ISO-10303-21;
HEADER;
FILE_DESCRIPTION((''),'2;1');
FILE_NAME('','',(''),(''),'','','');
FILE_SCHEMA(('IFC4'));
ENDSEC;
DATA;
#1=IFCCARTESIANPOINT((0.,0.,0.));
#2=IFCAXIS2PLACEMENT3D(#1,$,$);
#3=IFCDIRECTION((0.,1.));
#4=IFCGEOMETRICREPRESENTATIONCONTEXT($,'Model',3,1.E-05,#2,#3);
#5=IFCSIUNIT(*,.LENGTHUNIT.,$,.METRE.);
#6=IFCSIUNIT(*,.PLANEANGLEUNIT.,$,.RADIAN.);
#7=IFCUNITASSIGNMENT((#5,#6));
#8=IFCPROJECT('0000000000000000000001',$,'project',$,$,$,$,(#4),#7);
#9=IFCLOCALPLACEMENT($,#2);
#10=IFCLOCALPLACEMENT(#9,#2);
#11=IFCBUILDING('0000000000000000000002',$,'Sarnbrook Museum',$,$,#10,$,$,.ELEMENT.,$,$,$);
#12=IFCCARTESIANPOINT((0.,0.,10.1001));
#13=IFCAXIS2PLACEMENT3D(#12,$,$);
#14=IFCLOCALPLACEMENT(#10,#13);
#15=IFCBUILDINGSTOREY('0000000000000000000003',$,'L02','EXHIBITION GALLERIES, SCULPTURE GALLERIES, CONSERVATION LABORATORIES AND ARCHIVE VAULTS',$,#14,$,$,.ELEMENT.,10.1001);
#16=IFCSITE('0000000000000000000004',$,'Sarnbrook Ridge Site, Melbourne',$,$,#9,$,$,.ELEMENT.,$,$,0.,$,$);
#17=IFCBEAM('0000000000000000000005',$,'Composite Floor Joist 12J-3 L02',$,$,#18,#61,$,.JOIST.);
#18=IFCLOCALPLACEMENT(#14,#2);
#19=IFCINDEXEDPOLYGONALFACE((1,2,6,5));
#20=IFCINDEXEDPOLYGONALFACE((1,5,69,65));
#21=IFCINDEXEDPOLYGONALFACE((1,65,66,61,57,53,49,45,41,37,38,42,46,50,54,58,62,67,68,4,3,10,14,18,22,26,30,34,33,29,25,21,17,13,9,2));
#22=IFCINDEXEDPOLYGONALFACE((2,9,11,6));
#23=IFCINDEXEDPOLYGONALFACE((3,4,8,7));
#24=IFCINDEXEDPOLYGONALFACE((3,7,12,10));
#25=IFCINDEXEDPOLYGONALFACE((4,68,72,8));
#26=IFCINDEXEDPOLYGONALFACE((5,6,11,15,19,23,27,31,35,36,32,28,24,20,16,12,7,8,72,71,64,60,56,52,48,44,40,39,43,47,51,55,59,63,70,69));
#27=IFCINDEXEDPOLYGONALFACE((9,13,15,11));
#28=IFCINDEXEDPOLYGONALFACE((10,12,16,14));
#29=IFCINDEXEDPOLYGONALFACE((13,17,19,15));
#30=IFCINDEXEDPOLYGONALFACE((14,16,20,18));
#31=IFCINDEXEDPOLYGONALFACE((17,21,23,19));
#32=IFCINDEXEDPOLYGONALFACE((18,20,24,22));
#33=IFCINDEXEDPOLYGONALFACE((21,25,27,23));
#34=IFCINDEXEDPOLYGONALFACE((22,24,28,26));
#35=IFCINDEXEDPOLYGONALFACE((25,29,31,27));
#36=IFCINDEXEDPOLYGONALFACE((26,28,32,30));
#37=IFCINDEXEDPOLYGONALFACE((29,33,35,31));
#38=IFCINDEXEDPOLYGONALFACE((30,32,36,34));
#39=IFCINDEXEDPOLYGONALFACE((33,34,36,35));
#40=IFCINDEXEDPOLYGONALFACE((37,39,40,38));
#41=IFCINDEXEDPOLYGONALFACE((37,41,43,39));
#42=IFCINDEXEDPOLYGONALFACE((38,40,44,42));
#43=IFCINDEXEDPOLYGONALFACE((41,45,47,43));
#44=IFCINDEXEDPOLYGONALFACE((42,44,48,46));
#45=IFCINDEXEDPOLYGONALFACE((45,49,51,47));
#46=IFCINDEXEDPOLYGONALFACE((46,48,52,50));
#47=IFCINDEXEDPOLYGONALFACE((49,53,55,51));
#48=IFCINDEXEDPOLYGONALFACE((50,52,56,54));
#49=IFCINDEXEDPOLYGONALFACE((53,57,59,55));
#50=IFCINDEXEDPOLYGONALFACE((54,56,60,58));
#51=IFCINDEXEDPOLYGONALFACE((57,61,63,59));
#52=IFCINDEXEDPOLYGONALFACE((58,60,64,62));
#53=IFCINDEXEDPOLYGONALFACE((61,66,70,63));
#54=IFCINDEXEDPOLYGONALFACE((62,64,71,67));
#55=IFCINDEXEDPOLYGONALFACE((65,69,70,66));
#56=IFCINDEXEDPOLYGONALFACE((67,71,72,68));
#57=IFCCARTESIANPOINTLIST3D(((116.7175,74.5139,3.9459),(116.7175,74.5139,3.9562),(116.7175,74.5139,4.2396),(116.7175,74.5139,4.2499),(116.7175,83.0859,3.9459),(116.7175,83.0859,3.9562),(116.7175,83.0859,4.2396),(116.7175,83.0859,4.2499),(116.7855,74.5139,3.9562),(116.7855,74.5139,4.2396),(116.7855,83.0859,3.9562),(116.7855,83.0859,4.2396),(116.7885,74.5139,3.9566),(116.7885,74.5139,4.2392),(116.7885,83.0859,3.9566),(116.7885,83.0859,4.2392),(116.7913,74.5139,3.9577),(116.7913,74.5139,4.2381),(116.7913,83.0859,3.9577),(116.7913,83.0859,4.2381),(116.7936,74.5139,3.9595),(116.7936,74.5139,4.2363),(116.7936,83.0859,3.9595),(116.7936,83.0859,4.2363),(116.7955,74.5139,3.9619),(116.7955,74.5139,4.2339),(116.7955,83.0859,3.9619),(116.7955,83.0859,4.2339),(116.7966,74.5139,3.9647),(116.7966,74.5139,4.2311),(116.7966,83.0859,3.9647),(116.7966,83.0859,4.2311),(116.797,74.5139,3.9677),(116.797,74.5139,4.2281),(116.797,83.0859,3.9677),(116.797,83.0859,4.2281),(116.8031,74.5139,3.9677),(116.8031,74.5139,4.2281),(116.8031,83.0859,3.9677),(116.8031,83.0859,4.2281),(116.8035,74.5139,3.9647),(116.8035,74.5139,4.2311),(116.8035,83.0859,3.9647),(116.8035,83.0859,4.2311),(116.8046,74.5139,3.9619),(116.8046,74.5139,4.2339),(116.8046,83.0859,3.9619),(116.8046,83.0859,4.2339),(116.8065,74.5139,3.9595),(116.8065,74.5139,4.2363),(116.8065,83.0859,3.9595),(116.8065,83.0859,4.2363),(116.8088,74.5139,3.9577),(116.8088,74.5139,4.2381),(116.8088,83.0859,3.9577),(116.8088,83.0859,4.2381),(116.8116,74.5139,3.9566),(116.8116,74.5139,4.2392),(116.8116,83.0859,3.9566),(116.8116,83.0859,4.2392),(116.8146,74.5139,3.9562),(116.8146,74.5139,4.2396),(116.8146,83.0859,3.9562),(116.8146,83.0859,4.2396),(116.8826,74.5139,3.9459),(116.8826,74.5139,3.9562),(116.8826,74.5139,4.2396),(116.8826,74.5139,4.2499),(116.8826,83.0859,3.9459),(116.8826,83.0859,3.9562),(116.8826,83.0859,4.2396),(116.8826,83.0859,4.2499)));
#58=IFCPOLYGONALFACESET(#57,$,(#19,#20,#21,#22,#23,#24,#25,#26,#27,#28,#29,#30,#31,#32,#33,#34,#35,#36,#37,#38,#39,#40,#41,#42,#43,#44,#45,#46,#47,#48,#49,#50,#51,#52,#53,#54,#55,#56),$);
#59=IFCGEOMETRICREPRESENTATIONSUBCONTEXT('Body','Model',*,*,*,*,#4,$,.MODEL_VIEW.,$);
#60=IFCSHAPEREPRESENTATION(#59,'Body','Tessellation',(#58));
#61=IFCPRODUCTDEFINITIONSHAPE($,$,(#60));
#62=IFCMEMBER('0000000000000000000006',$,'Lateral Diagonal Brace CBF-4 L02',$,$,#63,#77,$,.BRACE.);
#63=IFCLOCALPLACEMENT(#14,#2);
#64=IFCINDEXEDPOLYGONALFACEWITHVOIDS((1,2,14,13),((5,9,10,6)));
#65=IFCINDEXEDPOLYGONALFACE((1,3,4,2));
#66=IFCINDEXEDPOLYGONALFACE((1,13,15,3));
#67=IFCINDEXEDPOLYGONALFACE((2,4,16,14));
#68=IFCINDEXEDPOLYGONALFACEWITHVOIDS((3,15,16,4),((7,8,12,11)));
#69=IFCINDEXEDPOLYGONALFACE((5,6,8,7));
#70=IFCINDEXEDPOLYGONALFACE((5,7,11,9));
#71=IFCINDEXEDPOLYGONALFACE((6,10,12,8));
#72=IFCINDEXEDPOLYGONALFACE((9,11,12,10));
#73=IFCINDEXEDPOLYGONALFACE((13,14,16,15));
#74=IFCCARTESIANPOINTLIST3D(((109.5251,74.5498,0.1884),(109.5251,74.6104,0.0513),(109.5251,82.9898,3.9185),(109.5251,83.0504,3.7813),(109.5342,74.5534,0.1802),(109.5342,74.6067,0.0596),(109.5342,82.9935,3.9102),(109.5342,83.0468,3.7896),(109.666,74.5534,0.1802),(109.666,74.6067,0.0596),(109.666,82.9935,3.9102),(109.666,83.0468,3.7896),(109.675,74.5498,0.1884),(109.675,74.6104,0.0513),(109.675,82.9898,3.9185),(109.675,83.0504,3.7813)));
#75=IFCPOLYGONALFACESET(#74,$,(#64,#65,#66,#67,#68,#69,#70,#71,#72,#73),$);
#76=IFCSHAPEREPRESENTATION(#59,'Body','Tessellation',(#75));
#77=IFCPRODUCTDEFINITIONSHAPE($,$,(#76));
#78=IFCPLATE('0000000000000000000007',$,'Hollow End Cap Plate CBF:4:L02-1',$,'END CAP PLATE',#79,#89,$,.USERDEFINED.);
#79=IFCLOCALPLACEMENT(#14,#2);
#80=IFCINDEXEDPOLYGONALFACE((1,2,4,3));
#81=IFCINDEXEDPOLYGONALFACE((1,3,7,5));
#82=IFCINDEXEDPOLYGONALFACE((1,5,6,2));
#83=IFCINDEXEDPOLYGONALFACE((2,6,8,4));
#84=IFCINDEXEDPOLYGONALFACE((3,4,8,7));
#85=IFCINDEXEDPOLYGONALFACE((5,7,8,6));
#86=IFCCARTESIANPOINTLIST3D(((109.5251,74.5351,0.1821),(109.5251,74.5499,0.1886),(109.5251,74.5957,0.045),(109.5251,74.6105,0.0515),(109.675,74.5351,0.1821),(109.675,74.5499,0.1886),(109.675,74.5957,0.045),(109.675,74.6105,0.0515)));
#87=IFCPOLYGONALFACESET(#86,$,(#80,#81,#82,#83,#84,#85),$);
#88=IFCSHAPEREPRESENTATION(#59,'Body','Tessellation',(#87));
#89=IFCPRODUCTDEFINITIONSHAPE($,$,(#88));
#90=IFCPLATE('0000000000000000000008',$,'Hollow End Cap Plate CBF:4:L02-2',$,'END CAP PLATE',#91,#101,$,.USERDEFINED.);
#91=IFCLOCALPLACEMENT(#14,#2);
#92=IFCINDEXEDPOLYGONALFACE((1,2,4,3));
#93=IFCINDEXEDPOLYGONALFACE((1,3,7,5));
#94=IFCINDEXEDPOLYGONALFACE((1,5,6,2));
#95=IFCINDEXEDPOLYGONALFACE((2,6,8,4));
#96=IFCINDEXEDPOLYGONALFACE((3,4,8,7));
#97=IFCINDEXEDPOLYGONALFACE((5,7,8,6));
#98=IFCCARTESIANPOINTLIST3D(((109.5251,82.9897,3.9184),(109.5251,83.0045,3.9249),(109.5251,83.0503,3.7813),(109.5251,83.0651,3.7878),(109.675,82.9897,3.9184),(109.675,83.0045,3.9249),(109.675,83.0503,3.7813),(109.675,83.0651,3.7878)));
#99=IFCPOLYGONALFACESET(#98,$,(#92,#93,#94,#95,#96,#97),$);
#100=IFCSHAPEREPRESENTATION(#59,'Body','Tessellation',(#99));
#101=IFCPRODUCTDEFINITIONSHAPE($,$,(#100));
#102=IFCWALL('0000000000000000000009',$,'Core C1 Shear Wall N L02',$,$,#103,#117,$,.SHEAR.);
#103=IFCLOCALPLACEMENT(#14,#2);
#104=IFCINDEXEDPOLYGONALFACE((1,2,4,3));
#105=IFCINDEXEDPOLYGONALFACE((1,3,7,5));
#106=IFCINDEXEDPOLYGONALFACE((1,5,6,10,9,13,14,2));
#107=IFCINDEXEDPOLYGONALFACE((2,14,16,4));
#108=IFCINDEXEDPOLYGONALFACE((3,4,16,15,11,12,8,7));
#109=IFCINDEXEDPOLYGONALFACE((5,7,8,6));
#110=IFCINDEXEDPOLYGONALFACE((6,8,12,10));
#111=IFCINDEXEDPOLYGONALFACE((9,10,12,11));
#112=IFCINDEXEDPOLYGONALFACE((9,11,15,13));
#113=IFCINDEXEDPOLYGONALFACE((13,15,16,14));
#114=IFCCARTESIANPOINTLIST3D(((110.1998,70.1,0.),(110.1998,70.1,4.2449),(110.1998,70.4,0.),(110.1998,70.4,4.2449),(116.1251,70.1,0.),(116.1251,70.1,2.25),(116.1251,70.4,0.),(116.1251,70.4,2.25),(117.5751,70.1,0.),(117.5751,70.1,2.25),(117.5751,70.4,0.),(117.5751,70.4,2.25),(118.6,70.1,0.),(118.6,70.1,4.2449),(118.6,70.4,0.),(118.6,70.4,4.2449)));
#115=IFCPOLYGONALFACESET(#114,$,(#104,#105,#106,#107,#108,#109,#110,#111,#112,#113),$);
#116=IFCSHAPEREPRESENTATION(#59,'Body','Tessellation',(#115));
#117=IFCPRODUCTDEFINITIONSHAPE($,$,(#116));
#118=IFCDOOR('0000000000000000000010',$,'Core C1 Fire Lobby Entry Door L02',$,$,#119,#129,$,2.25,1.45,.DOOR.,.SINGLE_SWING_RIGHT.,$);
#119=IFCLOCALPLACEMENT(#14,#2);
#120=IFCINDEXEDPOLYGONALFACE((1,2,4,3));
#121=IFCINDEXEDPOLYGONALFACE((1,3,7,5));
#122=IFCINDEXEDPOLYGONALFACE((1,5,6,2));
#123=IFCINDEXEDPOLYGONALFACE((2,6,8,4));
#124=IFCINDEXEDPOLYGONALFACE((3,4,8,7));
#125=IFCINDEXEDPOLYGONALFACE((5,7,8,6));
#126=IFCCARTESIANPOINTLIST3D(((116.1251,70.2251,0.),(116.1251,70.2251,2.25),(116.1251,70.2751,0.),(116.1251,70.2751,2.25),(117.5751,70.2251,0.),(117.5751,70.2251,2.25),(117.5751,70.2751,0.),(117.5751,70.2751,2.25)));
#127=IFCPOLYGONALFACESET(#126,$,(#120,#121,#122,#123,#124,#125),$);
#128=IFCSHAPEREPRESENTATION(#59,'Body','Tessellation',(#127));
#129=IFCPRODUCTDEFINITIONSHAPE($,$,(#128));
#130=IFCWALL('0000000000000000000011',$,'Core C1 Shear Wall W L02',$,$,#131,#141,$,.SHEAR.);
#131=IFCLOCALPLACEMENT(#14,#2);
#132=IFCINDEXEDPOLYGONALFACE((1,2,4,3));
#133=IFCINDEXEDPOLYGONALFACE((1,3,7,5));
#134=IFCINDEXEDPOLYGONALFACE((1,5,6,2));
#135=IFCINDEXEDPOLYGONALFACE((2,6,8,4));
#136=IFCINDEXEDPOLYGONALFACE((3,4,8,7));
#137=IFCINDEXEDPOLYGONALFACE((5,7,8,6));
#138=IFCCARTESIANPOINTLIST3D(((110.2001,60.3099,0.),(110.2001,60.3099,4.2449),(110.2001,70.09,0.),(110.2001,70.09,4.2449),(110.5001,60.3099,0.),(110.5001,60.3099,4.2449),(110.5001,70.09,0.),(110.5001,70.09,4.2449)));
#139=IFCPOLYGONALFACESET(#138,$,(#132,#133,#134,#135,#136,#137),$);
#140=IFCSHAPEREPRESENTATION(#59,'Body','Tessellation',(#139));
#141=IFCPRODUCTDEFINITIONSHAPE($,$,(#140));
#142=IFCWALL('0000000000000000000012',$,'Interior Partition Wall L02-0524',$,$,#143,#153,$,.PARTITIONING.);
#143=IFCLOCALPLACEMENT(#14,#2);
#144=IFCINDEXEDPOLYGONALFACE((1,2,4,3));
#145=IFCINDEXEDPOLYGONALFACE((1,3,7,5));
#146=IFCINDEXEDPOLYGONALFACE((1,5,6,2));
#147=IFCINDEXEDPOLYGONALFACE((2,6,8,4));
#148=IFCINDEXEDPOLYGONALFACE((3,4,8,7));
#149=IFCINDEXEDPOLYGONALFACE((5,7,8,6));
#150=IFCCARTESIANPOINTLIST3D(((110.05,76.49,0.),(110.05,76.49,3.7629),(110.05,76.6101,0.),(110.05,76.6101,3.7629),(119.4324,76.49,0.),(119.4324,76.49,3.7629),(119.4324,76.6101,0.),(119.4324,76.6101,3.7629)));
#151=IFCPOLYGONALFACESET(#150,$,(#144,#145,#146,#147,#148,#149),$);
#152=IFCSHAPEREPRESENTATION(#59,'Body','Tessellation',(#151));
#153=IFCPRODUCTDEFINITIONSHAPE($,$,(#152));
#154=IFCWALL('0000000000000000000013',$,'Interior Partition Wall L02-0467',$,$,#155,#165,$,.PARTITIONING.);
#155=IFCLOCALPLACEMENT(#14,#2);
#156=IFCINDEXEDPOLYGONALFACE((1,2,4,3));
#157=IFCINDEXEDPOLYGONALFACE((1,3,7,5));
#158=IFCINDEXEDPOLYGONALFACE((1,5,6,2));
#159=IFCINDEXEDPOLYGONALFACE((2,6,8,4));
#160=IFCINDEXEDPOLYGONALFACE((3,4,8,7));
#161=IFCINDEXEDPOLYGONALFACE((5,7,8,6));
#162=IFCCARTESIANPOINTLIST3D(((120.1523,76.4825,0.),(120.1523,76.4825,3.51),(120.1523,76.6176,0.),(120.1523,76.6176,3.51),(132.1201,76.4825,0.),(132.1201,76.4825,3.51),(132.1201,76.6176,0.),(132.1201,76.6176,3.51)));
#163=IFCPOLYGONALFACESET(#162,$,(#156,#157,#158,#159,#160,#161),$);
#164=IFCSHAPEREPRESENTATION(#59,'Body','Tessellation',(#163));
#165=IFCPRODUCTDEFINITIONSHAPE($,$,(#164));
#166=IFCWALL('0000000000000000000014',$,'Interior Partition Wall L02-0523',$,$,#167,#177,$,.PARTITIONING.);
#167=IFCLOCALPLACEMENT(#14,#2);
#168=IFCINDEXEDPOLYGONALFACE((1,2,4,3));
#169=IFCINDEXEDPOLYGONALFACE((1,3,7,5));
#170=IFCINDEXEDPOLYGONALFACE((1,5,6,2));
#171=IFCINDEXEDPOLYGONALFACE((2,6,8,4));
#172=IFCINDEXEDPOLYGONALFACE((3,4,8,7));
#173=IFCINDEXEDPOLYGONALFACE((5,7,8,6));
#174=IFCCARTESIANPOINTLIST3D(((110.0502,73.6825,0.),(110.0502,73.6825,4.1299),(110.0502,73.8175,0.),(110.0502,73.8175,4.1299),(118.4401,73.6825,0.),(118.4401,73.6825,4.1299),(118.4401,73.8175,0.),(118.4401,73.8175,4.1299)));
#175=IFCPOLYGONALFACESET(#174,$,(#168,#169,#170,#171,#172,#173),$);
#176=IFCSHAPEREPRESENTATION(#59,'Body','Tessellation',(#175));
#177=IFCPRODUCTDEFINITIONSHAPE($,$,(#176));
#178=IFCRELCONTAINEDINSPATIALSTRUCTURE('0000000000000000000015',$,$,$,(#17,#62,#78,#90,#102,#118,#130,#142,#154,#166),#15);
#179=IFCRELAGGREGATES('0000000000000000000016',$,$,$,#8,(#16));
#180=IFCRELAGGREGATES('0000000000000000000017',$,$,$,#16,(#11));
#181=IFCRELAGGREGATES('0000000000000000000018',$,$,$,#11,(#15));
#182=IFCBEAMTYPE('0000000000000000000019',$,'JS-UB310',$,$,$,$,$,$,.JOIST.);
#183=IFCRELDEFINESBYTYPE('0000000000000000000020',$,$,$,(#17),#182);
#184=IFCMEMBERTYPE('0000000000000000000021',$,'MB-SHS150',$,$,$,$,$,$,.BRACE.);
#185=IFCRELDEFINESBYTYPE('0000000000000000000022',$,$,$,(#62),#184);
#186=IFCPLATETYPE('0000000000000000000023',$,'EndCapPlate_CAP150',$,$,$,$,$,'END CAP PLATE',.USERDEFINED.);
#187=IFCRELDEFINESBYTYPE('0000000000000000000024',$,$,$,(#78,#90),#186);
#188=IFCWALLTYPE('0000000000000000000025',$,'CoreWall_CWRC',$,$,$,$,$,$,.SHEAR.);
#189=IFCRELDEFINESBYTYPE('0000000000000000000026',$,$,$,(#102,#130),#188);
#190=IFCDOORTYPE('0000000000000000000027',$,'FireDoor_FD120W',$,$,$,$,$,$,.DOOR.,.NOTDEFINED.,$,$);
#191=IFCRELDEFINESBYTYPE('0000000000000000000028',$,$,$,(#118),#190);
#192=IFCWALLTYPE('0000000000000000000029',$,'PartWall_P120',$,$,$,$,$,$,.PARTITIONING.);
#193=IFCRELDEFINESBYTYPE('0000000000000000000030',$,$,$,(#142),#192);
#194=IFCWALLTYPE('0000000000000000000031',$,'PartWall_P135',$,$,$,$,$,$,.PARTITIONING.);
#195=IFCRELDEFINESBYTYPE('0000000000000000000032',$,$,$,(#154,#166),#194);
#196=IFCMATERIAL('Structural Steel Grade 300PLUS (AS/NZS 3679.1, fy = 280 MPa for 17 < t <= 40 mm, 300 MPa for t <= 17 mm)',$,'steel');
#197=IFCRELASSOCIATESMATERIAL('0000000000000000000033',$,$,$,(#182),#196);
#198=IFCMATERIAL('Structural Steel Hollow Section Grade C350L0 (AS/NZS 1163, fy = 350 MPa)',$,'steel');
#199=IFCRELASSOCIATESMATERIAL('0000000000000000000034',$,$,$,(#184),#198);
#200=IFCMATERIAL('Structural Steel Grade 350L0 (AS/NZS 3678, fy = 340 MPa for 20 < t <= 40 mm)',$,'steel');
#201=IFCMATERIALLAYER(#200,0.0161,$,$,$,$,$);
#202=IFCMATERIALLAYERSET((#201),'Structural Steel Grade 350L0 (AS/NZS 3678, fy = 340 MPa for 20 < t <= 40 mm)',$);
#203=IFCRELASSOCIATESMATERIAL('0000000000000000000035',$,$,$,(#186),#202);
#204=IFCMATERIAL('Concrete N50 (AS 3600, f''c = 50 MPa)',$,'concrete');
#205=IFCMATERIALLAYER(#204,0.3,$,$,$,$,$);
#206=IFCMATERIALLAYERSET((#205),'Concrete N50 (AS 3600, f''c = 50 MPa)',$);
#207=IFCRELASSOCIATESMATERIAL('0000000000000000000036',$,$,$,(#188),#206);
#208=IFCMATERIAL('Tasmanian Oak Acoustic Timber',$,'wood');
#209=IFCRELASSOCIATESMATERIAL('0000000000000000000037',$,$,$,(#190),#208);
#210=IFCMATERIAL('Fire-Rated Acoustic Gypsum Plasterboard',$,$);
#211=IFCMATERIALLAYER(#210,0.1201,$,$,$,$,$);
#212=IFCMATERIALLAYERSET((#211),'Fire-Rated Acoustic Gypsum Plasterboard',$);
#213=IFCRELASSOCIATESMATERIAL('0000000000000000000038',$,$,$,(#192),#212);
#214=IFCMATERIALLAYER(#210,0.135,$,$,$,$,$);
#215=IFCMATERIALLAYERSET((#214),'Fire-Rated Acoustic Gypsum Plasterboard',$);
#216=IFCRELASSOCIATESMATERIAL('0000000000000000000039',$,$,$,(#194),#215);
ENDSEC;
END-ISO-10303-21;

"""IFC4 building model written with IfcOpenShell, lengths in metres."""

from ifc_helpers import new_model, si_unit, direction, frame, frame_2d, origin, origin_2d, place, context, subcontext, project, spatial, rectangle, hollow_rectangle, i_section, extrude, material, layer, layer_set, material_profile, profile_set, type_object, element, fill, save


model = new_model("IFC4")

# Units and contexts
model_context = context("Model", 3, precision=1e-05, world=origin(), true_north=direction((0.0, 1.0)))
body_context = subcontext(model_context, "Body", "Model", "MODEL_VIEW")
ifc_project = project(units=[si_unit("LENGTHUNIT", "METRE"), si_unit("PLANEANGLEUNIT", "RADIAN")], contexts=[model_context])

# Site, building, storey
site_placement = place(None, origin())
site = spatial("IfcSite", under=ifc_project, at=site_placement, Name="Sarnbrook Ridge Site, Melbourne", CompositionType="ELEMENT", RefElevation=0.0)
building_placement = place(site_placement, origin())
building = spatial("IfcBuilding", under=site, at=building_placement, Name="Sarnbrook Museum", CompositionType="ELEMENT")
storey_placement = place(building_placement, frame((0.0, 0.0, 10.1001)))
storey = spatial("IfcBuildingStorey", under=building, at=storey_placement, Name="L02", Description="EXHIBITION GALLERIES, SCULPTURE GALLERIES, CONSERVATION LABORATORIES AND ARCHIVE VAULTS", CompositionType="ELEMENT", Elevation=10.1001)

# Shared definitions
ifc_material_1 = material(Name="Structural Steel Grade 350L0 (AS/NZS 3678, fy = 340 MPa for 20 < t <= 40 mm)", Category="steel")

# Beam
ifc_material_2 = material(Name="Structural Steel Grade 300PLUS (AS/NZS 3679.1, fy = 280 MPa for 17 < t <= 40 mm, 300 MPa for t <= 17 mm)", Category="steel")
ifc_material_profile_1 = material_profile(ifc_material_2, i_section(OverallWidth=0.165, OverallDepth=0.304, WebThickness=0.0061, FlangeThickness=0.0103, FilletRadius=0.0115, at=origin_2d()), Name="310UB40.4")
ifc_profile_set_1 = profile_set([ifc_material_profile_1], Name="Structural Steel Grade 300PLUS (AS/NZS 3679.1, fy = 280 MPa for 17 < t <= 40 mm, 300 MPa for t <= 17 mm)")
beam_type_1 = type_object("IfcBeamType", Name="JS-UB310", PredefinedType="JOIST", material=ifc_profile_set_1)
for number, where, z_axis, x_axis, name in (
    (1, (116.8, 74.5139, 4.0979), (0.0, 1.0, 0.0), (-1.0, 0.0, 0.0), "Composite Floor Joist 12J-3 L02"),
):
    element("IfcBeam", number, at=place(storey_placement, frame(where, z_axis=z_axis, x_axis=x_axis)), inside=storey, type_object=beam_type_1, Name=name, PredefinedType="JOIST", context=body_context, shape_type="SweptSolid", body=[
        extrude(i_section(OverallWidth=0.165, OverallDepth=0.304, WebThickness=0.0061, FlangeThickness=0.0103, FilletRadius=0.0115, at=origin_2d()), origin(), (0.0, 0.0, 1.0), 8.572),
    ])

# Member
ifc_material_3 = material(Name="Structural Steel Hollow Section Grade C350L0 (AS/NZS 1163, fy = 350 MPa)", Category="steel")
ifc_material_profile_2 = material_profile(ifc_material_3, hollow_rectangle(XDim=0.1499, YDim=0.1499, WallThickness=0.009, at=origin_2d()), Name="150x150x9.0SHS")
ifc_profile_set_2 = profile_set([ifc_material_profile_2], Name="Structural Steel Hollow Section Grade C350L0 (AS/NZS 1163, fy = 350 MPa)")
member_type = type_object("IfcMemberType", Name="MB-SHS150", PredefinedType="BRACE", material=ifc_profile_set_2)
member_placement = place(storey_placement, frame((109.6001, 74.5801, 0.1199), z_axis=(0.0, 0.914658, 0.404228), x_axis=(-1.0, 0.0, 0.0)))
element("IfcMember", 2, at=member_placement, inside=storey, type_object=member_type, Name="Lateral Diagonal Brace CBF-4 L02", PredefinedType="BRACE", context=body_context, shape_type="SweptSolid", body=[
    extrude(hollow_rectangle(XDim=0.1499, YDim=0.1499, WallThickness=0.009, at=origin_2d()), origin(), (0.0, 0.0, 1.0), 9.2275),
])

# Plates
ifc_layer_1 = layer(ifc_material_1, 0.0161)
ifc_layer_set_1 = layer_set([ifc_layer_1], Name="Structural Steel Grade 350L0 (AS/NZS 3678, fy = 340 MPa for 20 < t <= 40 mm)")
plate_type = type_object("IfcPlateType", Name="EndCapPlate_CAP150", ElementType="END CAP PLATE", PredefinedType="USERDEFINED", material=ifc_layer_set_1)
for number, where, z_axis, x_axis, name in (
    (3, (109.6001, 74.5654, 0.1135), (0.0, 0.914659, 0.404227), (-1.0, 0.0, 0.0), "Hollow End Cap Plate CBF:4:L02-1"),
    (4, (109.6001, 83.02, 3.8499), (0.0, 0.914659, 0.404227), (-1.0, 0.0, 0.0), "Hollow End Cap Plate CBF:4:L02-2"),
):
    element("IfcPlate", number, at=place(storey_placement, frame(where, z_axis=z_axis, x_axis=x_axis)), inside=storey, type_object=plate_type, Name=name, ObjectType="END CAP PLATE", PredefinedType="USERDEFINED", context=body_context, shape_type="SweptSolid", body=[
        extrude(rectangle(XDim=0.1499, YDim=0.1499, at=origin_2d()), origin(), (0.0, 0.0, 1.0), 0.0161),
    ])

# Wall, opening, door
ifc_material_4 = material(Name="Concrete N50 (AS 3600, f'c = 50 MPa)", Category="concrete")
ifc_layer_2 = layer(ifc_material_4, 0.3)
ifc_layer_set_2 = layer_set([ifc_layer_2], Name="Concrete N50 (AS 3600, f'c = 50 MPa)")
wall_type_1 = type_object("IfcWallType", Name="CoreWall_CWRC", PredefinedType="SHEAR", material=ifc_layer_set_2)
wall_1_placement = place(storey_placement, frame((118.6001, 70.25, 0.0), z_axis=(0.0, 0.0, 1.0), x_axis=(-1.0, 0.0, 0.0)))
wall_1 = element("IfcWall", 5, at=wall_1_placement, inside=storey, type_object=wall_type_1, Name="Core C1 Shear Wall N L02", PredefinedType="SHEAR", context=body_context, shape_type="SweptSolid", body=[
    extrude(rectangle(XDim=8.4001, YDim=0.3, at=frame_2d((4.2002, 0.0))), origin(), (0.0, 0.0, 1.0), 4.2449),
])
opening_1_placement = place(wall_1_placement, frame((1.0249, 0.0, 0.0)))
opening_1 = element("IfcOpeningElement", 6, at=opening_1_placement, cuts=wall_1, PredefinedType="OPENING", context=body_context, shape_type="SweptSolid", body=[
    extrude(rectangle(XDim=1.45, YDim=2.25, at=frame_2d((0.7251, 1.125))), frame((0.0, 0.1602, 0.0), z_axis=(0.0, -1.0, 0.0), x_axis=(1.0, 0.0, 0.0)), (0.0, 0.0, 1.0), 0.3201),
])
ifc_material_5 = material(Name="Tasmanian Oak Acoustic Timber", Category="wood")
door_type_1 = type_object("IfcDoorType", Name="FireDoor_FD120W", OperationType="NOTDEFINED", PredefinedType="DOOR", material=ifc_material_5)
door_1_placement = place(opening_1_placement, origin())
door_1 = element("IfcDoor", 7, at=door_1_placement, inside=storey, type_object=door_type_1, Name="Core C1 Fire Lobby Entry Door L02", OperationType="SINGLE_SWING_RIGHT", OverallHeight=2.25, OverallWidth=1.45, PredefinedType="DOOR", context=body_context, shape_type="SweptSolid", body=[
    extrude(rectangle(XDim=1.45, YDim=2.25, at=frame_2d((0.7251, 1.125))), frame((0.0, 0.0249, 0.0), z_axis=(0.0, -1.0, 0.0), x_axis=(1.0, 0.0, 0.0)), (0.0, 0.0, 1.0), 0.05),
])
fill(opening_1, door_1)

# Walls
wall_2_placement = place(storey_placement, frame((110.3501, 70.0901, 0.0), z_axis=(0.0, 0.0, 1.0), x_axis=(0.0, -1.0, 0.0)))
element("IfcWall", 8, at=wall_2_placement, inside=storey, type_object=wall_type_1, Name="Core C1 Shear Wall W L02", PredefinedType="SHEAR", context=body_context, shape_type="SweptSolid", body=[
    extrude(rectangle(XDim=9.78, YDim=0.3, at=frame_2d((4.8901, 0.0))), origin(), (0.0, 0.0, 1.0), 4.2449),
])
ifc_material_6 = material(Name="Fire-Rated Acoustic Gypsum Plasterboard")
ifc_layer_3 = layer(ifc_material_6, 0.1201)
ifc_layer_set_3 = layer_set([ifc_layer_3], Name="Fire-Rated Acoustic Gypsum Plasterboard")
wall_type_2 = type_object("IfcWallType", Name="PartWall_P120", PredefinedType="PARTITIONING", material=ifc_layer_set_3)
wall_3_placement = place(storey_placement, frame((110.05, 76.55, 0.0), z_axis=(0.0, 0.0, 1.0), x_axis=(1.0, 0.0, 0.0)))
element("IfcWall", 9, at=wall_3_placement, inside=storey, type_object=wall_type_2, Name="Interior Partition Wall L02-0524", PredefinedType="PARTITIONING", context=body_context, shape_type="SweptSolid", body=[
    extrude(rectangle(XDim=9.3823, YDim=0.1201, at=frame_2d((4.6912, 0.0))), origin(), (0.0, 0.0, 1.0), 3.7629),
])
ifc_layer_4 = layer(ifc_material_6, 0.135)
ifc_layer_set_4 = layer_set([ifc_layer_4], Name="Fire-Rated Acoustic Gypsum Plasterboard")
wall_type_3 = type_object("IfcWallType", Name="PartWall_P135", PredefinedType="PARTITIONING", material=ifc_layer_set_4)
wall_4_placement = place(storey_placement, frame((120.1523, 76.55, 0.0), z_axis=(0.0, 0.0, 1.0), x_axis=(1.0, 0.0, 0.0)))
element("IfcWall", 10, at=wall_4_placement, inside=storey, type_object=wall_type_3, Name="Interior Partition Wall L02-0467", PredefinedType="PARTITIONING", context=body_context, shape_type="SweptSolid", body=[
    extrude(rectangle(XDim=11.9678, YDim=0.135, at=frame_2d((5.9839, 0.0))), origin(), (0.0, 0.0, 1.0), 3.51),
])
wall_5_placement = place(storey_placement, frame((118.4399, 73.75, 0.0), z_axis=(0.0, 0.0, 1.0), x_axis=(-1.0, 0.0, 0.0)))
element("IfcWall", 11, at=wall_5_placement, inside=storey, type_object=wall_type_3, Name="Interior Partition Wall L02-0523", PredefinedType="PARTITIONING", context=body_context, shape_type="SweptSolid", body=[
    extrude(rectangle(XDim=8.3899, YDim=0.135, at=frame_2d((4.1948, 0.0))), origin(), (0.0, 0.0, 1.0), 4.1299),
])

save(model, "model.ifc")
